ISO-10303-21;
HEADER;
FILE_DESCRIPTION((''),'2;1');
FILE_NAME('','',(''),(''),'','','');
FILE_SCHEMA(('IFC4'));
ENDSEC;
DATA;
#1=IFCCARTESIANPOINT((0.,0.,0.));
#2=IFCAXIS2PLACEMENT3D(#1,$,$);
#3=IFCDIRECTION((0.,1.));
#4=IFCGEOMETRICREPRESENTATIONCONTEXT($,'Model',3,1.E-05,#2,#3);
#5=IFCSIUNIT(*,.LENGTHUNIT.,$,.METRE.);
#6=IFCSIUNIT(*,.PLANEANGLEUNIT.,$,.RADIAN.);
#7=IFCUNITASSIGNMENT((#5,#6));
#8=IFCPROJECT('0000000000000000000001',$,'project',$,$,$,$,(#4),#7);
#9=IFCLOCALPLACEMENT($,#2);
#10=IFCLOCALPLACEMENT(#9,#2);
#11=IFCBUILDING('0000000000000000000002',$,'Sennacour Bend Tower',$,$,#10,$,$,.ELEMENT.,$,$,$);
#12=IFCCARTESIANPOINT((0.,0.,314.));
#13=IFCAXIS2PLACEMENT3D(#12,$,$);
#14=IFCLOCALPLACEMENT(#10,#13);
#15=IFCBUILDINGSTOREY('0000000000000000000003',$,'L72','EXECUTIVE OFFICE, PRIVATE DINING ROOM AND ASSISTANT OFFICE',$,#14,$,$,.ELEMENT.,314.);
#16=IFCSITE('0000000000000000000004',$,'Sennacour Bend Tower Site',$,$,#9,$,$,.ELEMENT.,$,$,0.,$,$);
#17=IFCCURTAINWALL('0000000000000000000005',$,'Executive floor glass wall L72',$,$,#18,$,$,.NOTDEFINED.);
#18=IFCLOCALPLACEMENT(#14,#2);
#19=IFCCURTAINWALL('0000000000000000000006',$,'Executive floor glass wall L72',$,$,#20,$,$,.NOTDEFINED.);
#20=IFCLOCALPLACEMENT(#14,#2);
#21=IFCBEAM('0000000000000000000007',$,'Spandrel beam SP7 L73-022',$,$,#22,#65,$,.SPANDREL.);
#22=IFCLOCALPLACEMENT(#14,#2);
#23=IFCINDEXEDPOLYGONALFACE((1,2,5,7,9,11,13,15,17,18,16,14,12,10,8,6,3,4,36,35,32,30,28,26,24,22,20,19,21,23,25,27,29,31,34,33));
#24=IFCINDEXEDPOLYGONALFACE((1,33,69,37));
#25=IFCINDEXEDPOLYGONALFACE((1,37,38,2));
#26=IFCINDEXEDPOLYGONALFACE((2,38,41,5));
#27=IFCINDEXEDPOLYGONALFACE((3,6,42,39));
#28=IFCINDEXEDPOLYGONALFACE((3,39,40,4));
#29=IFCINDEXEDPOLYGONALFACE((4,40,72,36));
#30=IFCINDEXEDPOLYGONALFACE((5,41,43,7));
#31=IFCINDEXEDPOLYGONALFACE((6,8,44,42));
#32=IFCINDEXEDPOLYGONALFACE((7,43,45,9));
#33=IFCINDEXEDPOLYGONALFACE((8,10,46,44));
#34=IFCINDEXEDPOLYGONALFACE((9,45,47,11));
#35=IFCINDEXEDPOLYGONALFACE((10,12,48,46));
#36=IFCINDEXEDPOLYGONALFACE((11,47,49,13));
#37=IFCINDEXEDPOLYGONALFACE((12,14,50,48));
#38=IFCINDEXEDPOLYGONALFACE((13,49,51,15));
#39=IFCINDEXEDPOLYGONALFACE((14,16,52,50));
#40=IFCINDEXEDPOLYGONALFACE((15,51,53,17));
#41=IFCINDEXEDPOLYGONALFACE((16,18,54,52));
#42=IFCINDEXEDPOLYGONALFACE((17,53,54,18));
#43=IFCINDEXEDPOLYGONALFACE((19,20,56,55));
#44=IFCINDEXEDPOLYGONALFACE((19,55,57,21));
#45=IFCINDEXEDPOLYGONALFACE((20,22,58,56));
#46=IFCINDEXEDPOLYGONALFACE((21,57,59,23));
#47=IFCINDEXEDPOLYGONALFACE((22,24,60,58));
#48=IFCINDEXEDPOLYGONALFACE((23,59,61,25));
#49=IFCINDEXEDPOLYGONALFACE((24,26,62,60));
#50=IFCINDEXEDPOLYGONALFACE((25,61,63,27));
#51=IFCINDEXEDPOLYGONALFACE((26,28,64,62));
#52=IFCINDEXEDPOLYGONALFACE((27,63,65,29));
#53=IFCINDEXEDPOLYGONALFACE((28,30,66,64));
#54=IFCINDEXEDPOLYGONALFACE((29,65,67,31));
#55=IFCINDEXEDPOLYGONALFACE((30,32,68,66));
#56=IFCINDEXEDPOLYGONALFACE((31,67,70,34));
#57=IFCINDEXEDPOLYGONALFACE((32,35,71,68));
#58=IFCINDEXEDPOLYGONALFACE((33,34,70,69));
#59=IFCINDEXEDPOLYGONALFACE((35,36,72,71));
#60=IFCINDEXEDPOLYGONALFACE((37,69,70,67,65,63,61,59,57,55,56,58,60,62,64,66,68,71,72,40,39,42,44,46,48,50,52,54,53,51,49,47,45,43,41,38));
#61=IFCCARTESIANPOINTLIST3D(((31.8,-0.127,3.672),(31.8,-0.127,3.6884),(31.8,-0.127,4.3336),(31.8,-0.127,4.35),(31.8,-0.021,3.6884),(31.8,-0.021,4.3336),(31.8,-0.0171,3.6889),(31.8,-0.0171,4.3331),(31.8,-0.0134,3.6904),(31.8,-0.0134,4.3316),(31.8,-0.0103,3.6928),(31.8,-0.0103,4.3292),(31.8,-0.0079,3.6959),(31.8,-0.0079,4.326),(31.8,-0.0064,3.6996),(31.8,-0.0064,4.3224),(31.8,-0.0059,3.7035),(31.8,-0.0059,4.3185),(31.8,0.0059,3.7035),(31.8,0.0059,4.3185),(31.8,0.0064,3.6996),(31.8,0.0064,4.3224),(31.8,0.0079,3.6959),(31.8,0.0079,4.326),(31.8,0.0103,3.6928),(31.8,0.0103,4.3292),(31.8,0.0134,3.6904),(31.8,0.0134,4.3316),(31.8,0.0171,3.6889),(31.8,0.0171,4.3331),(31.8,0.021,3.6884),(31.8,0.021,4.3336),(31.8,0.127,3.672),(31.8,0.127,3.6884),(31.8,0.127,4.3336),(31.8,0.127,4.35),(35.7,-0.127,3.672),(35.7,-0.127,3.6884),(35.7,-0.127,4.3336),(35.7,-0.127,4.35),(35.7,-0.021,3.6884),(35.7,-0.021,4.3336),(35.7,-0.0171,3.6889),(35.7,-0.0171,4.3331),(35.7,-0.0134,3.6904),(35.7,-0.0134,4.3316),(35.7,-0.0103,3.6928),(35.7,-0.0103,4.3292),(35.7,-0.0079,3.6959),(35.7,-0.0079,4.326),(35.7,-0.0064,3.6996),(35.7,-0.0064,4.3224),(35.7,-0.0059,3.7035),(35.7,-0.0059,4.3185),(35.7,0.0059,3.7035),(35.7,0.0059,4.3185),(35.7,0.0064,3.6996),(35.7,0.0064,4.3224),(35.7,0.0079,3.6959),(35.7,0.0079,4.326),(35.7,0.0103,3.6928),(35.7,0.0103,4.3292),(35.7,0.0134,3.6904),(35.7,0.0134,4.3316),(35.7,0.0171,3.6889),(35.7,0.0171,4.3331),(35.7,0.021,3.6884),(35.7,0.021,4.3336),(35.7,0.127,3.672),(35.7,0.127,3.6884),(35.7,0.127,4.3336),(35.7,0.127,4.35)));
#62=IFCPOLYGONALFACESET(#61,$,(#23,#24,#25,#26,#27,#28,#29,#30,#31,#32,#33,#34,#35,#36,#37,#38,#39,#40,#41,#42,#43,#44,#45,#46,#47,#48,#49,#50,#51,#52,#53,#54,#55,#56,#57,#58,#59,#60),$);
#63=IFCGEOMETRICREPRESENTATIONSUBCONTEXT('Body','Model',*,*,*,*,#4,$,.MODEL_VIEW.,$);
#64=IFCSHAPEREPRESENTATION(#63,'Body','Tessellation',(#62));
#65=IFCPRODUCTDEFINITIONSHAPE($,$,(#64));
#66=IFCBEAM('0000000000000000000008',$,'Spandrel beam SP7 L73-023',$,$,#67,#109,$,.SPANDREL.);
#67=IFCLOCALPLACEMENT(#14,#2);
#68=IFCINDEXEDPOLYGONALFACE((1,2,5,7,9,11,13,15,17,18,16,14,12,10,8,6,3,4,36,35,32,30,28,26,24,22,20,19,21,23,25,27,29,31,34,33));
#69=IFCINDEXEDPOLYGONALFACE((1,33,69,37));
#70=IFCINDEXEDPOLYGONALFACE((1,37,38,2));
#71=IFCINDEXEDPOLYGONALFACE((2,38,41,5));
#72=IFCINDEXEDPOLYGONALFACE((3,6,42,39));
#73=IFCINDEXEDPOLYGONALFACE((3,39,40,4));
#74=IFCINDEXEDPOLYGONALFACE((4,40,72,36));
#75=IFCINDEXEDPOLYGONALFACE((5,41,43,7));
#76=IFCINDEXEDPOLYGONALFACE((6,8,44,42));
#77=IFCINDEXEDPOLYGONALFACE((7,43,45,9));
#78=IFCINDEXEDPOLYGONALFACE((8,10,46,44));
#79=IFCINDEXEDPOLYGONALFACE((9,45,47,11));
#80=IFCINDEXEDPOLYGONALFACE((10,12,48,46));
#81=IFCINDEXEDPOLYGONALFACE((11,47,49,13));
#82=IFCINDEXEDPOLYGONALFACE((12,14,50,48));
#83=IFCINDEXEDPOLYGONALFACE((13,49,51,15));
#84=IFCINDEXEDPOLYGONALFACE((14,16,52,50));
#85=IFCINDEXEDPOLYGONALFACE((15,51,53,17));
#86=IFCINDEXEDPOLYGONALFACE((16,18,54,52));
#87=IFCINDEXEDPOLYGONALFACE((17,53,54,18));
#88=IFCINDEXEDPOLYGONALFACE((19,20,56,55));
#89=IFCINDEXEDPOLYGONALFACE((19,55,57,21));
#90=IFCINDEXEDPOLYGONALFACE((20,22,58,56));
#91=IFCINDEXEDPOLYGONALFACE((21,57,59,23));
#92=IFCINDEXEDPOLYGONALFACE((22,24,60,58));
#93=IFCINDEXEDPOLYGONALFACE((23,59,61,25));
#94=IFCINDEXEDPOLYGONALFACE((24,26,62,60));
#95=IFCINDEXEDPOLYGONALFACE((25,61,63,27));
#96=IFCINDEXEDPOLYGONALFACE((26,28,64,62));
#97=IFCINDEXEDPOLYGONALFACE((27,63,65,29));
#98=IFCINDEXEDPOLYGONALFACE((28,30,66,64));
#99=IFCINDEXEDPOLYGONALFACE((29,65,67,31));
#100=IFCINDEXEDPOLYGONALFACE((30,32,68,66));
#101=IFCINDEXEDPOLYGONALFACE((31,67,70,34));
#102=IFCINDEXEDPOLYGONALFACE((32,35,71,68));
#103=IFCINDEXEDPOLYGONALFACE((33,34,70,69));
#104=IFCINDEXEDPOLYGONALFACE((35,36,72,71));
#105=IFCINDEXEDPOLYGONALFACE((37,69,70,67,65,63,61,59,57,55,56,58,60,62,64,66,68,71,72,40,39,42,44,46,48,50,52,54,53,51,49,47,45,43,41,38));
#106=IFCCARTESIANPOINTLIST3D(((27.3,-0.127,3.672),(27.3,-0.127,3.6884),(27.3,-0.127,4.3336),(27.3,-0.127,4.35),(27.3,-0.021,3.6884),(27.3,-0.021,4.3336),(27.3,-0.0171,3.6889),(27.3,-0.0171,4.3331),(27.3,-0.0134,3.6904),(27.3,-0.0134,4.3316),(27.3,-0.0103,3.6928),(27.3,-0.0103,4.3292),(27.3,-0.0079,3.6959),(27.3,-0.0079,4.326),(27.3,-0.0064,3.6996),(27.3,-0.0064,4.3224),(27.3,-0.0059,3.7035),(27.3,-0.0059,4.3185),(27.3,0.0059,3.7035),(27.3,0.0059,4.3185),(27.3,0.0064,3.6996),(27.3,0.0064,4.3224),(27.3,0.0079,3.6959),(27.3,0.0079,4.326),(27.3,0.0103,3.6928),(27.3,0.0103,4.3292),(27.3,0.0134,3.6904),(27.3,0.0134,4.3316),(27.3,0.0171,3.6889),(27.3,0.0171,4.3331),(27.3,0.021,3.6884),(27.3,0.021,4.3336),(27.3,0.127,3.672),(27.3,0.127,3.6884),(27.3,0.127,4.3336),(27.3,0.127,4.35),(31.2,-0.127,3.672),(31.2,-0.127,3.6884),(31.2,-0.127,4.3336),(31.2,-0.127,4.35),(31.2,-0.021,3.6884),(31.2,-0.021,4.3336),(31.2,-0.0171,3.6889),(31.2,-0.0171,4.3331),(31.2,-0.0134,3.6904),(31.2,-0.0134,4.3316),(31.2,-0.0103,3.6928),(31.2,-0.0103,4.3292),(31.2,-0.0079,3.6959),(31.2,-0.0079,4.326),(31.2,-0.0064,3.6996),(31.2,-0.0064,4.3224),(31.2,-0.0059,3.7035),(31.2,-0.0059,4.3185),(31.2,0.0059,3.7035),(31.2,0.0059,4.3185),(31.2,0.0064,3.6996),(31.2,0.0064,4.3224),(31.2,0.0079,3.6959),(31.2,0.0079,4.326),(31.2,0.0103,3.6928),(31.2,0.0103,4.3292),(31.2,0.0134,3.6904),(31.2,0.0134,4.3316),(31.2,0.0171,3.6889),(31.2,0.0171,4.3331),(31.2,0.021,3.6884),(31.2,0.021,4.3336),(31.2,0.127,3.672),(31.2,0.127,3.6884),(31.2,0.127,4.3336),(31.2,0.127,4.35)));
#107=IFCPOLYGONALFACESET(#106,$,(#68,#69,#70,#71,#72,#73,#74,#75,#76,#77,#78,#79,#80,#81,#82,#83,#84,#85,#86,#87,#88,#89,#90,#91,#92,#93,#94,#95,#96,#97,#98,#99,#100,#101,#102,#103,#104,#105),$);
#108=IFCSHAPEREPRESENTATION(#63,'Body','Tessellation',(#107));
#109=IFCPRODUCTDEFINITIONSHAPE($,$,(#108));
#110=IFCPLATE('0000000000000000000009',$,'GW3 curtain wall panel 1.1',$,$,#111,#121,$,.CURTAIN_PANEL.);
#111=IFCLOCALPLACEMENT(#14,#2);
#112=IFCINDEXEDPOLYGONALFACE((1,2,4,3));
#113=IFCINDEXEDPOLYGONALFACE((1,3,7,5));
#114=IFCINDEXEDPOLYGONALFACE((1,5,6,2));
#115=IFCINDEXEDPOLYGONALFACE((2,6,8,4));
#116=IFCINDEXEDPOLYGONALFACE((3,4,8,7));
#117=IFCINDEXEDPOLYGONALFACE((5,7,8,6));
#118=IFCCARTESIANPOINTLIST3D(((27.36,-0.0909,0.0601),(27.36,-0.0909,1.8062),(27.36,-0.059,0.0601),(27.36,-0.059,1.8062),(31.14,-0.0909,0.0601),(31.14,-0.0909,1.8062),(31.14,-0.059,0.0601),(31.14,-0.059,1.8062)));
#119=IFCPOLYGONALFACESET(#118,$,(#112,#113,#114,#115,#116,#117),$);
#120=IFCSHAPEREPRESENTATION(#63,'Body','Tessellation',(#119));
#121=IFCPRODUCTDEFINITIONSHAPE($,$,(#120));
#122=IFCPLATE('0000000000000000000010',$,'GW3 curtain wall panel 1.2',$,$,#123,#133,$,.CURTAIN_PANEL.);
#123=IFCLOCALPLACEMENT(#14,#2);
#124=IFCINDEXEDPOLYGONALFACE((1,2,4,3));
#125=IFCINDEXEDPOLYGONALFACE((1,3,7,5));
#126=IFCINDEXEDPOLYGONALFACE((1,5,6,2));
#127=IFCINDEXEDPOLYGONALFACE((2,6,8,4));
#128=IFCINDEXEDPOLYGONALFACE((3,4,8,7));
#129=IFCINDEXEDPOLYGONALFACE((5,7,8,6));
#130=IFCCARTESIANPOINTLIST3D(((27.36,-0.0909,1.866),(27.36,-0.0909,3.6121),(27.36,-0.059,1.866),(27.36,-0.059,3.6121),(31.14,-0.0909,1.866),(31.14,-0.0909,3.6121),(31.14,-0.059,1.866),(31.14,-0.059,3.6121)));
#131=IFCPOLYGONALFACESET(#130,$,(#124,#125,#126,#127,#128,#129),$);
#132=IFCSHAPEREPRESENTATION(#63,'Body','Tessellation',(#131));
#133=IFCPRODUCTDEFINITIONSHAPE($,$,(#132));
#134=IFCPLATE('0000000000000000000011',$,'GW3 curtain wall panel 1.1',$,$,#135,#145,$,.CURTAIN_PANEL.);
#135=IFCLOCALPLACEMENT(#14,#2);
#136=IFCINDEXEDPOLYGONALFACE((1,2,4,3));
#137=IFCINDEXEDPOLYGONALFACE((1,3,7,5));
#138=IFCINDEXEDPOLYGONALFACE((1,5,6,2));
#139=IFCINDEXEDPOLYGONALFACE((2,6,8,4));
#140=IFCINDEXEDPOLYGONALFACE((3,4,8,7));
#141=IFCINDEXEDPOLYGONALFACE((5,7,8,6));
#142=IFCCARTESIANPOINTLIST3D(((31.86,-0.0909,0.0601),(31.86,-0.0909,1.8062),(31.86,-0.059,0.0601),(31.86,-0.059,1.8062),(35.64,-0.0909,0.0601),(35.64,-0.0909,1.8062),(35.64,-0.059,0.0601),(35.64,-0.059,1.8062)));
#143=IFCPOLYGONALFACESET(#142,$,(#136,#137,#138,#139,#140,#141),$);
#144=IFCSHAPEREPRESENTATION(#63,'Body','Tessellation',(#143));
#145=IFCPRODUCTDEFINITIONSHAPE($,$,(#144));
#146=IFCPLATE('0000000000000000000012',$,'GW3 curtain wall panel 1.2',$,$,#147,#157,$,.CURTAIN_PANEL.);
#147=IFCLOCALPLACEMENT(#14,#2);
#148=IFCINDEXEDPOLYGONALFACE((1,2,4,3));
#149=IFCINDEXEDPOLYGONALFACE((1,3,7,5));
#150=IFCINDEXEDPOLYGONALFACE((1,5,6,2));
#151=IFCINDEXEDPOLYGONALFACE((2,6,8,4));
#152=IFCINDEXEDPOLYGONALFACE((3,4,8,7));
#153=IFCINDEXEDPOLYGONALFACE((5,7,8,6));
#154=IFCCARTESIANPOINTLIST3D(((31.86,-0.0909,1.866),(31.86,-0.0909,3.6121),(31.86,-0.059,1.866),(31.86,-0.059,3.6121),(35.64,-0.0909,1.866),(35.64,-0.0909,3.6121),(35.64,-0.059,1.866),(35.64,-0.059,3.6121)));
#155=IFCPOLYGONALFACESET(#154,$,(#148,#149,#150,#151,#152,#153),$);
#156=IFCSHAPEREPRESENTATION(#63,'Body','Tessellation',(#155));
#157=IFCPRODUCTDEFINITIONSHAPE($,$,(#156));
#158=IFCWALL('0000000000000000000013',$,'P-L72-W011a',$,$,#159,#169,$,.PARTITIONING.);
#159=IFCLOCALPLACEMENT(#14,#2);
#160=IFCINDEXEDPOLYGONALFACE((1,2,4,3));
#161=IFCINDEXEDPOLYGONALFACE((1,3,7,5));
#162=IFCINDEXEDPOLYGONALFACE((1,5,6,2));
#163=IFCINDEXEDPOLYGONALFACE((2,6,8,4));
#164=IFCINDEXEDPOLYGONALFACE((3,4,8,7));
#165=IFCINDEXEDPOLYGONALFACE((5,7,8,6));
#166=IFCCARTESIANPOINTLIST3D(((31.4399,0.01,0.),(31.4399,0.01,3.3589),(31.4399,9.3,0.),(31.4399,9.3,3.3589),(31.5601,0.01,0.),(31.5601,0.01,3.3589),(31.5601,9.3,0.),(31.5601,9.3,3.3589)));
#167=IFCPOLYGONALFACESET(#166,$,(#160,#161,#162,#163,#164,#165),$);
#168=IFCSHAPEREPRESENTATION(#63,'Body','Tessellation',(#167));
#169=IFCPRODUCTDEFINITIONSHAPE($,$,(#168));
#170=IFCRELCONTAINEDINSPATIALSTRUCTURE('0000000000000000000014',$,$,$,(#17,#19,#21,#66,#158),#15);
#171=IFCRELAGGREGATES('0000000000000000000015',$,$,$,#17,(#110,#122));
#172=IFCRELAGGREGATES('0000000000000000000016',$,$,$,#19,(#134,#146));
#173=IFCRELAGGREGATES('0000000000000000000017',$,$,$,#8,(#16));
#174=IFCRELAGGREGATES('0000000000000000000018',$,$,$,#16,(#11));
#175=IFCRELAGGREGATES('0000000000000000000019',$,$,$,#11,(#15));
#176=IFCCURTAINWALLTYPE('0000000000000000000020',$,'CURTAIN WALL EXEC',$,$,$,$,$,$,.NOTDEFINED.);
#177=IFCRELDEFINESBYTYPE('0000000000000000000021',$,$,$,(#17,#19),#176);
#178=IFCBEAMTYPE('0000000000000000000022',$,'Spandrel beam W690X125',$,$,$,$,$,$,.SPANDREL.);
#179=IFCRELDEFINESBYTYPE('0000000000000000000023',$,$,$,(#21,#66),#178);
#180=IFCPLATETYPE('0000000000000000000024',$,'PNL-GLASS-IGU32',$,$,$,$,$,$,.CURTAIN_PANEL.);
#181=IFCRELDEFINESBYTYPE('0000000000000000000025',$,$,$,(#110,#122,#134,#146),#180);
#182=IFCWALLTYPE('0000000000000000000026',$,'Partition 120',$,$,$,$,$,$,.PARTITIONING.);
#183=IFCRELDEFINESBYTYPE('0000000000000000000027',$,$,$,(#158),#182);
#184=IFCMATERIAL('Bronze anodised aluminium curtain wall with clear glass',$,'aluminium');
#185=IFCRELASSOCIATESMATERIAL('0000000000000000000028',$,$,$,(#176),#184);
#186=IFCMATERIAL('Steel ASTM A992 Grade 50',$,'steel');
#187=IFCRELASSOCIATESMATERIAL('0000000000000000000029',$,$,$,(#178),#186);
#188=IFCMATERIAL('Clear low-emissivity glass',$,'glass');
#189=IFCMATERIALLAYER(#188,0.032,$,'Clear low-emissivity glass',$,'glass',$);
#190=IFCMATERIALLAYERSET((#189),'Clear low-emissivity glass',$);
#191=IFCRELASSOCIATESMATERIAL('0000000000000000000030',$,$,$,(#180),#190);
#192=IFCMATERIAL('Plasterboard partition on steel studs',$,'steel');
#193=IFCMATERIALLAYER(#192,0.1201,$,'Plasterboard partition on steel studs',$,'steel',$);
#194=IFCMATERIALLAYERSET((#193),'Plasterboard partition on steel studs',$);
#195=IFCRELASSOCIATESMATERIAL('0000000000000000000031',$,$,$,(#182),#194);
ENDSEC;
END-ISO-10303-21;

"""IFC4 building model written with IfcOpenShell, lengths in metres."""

from ifc_helpers import new_model, si_unit, direction, frame, frame_2d, origin, origin_2d, place, context, subcontext, project, spatial, rectangle, i_section, extrude, material, layer, layer_set, material_profile, profile_set, type_object, element, aggregate, save


model = new_model("IFC4")

# Units and contexts
model_context = context("Model", 3, precision=1e-05, world=origin(), true_north=direction((0.0, 1.0)))
body_context = subcontext(model_context, "Body", "Model", "MODEL_VIEW")
ifc_project = project(units=[si_unit("LENGTHUNIT", "METRE"), si_unit("PLANEANGLEUNIT", "RADIAN")], contexts=[model_context])

# Site, building, storey
site_placement = place(None, origin())
site = spatial("IfcSite", under=ifc_project, at=site_placement, Name="Sennacour Bend Tower Site", CompositionType="ELEMENT", RefElevation=0.0)
building_placement = place(site_placement, origin())
building = spatial("IfcBuilding", under=site, at=building_placement, Name="Sennacour Bend Tower", CompositionType="ELEMENT")
storey_placement = place(building_placement, frame((0.0, 0.0, 314.0)))
storey = spatial("IfcBuildingStorey", under=building, at=storey_placement, Name="L72", Description="EXECUTIVE OFFICE, PRIVATE DINING ROOM AND ASSISTANT OFFICE", CompositionType="ELEMENT", Elevation=314.0)

# Curtain walls
ifc_material_1 = material(Name="Bronze anodised aluminium curtain wall with clear glass", Category="aluminium")
curtain_wall_type = type_object("IfcCurtainWallType", Name="CURTAIN WALL EXEC", PredefinedType="NOTDEFINED", material=ifc_material_1)
curtain_wall_1_placement = place(storey_placement, origin())
curtain_wall_1 = element("IfcCurtainWall", 1, at=curtain_wall_1_placement, inside=storey, type_object=curtain_wall_type, Name="Executive floor glass wall L72", PredefinedType="NOTDEFINED")
curtain_wall_2_placement = place(storey_placement, origin())
curtain_wall_2 = element("IfcCurtainWall", 2, at=curtain_wall_2_placement, inside=storey, type_object=curtain_wall_type, Name="Executive floor glass wall L72", PredefinedType="NOTDEFINED")

# Beams
ifc_material_2 = material(Name="Steel ASTM A992 Grade 50", Category="steel")
ifc_material_profile_1 = material_profile(ifc_material_2, i_section(OverallWidth=0.2539, OverallDepth=0.678, WebThickness=0.0117, FlangeThickness=0.0164, FilletRadius=0.0151, at=origin_2d()), Name="Steel ASTM A992 Grade 50", Category="steel")
ifc_profile_set_1 = profile_set([ifc_material_profile_1], Name="Steel ASTM A992 Grade 50")
beam_type_1 = type_object("IfcBeamType", Name="Spandrel beam W690X125", PredefinedType="SPANDREL", material=ifc_profile_set_1)
for number, where, z_axis, x_axis, name in (
    (3, (35.7, 0.0, 4.011), (-1.0, 0.0, 0.0), (0.0, -1.0, 0.0), "Spandrel beam SP7 L73-022"),
    (4, (31.2, 0.0, 4.011), (-1.0, 0.0, 0.0), (0.0, -1.0, 0.0), "Spandrel beam SP7 L73-023"),
):
    element("IfcBeam", number, at=place(storey_placement, frame(where, z_axis=z_axis, x_axis=x_axis)), inside=storey, type_object=beam_type_1, Name=name, PredefinedType="SPANDREL", context=body_context, shape_type="SweptSolid", body=[
        extrude(i_section(OverallWidth=0.2539, OverallDepth=0.678, WebThickness=0.0117, FlangeThickness=0.0164, FilletRadius=0.0151, at=origin_2d()), origin(), (0.0, 0.0, 1.0), 3.8999),
    ])

# Plates
ifc_material_3 = material(Name="Clear low-emissivity glass", Category="glass")
ifc_layer_1 = layer(ifc_material_3, 0.032, Name="Clear low-emissivity glass", Category="glass")
ifc_layer_set_1 = layer_set([ifc_layer_1], Name="Clear low-emissivity glass")
plate_type = type_object("IfcPlateType", Name="PNL-GLASS-IGU32", PredefinedType="CURTAIN_PANEL", material=ifc_layer_set_1)
plate_1_placement = place(storey_placement, frame((29.25, -0.075, 0.0601), z_axis=(0.0, 0.0, 1.0), x_axis=(1.0, 0.0, 0.0)))
plate_1 = element("IfcPlate", 5, at=plate_1_placement, type_object=plate_type, Name="GW3 curtain wall panel 1.1", PredefinedType="CURTAIN_PANEL", context=body_context, shape_type="SweptSolid", body=[
    extrude(rectangle(XDim=3.78, YDim=0.032, at=origin_2d()), origin(), (0.0, 0.0, 1.0), 1.7461),
])
plate_2_placement = place(storey_placement, frame((29.25, -0.075, 1.866), z_axis=(0.0, 0.0, 1.0), x_axis=(1.0, 0.0, 0.0)))
plate_2 = element("IfcPlate", 6, at=plate_2_placement, type_object=plate_type, Name="GW3 curtain wall panel 1.2", PredefinedType="CURTAIN_PANEL", context=body_context, shape_type="SweptSolid", body=[
    extrude(rectangle(XDim=3.78, YDim=0.032, at=origin_2d()), origin(), (0.0, 0.0, 1.0), 1.7461),
])
aggregate(curtain_wall_1, [plate_1, plate_2])
plate_3_placement = place(storey_placement, frame((33.75, -0.075, 0.0601), z_axis=(0.0, 0.0, 1.0), x_axis=(1.0, 0.0, 0.0)))
plate_3 = element("IfcPlate", 7, at=plate_3_placement, type_object=plate_type, Name="GW3 curtain wall panel 1.1", PredefinedType="CURTAIN_PANEL", context=body_context, shape_type="SweptSolid", body=[
    extrude(rectangle(XDim=3.78, YDim=0.032, at=origin_2d()), origin(), (0.0, 0.0, 1.0), 1.7461),
])
plate_4_placement = place(storey_placement, frame((33.75, -0.075, 1.866), z_axis=(0.0, 0.0, 1.0), x_axis=(1.0, 0.0, 0.0)))
plate_4 = element("IfcPlate", 8, at=plate_4_placement, type_object=plate_type, Name="GW3 curtain wall panel 1.2", PredefinedType="CURTAIN_PANEL", context=body_context, shape_type="SweptSolid", body=[
    extrude(rectangle(XDim=3.78, YDim=0.032, at=origin_2d()), origin(), (0.0, 0.0, 1.0), 1.7461),
])
aggregate(curtain_wall_2, [plate_3, plate_4])

# Wall
ifc_material_4 = material(Name="Plasterboard partition on steel studs", Category="steel")
ifc_layer_2 = layer(ifc_material_4, 0.1201, Name="Plasterboard partition on steel studs", Category="steel")
ifc_layer_set_2 = layer_set([ifc_layer_2], Name="Plasterboard partition on steel studs")
wall_type = type_object("IfcWallType", Name="Partition 120", PredefinedType="PARTITIONING", material=ifc_layer_set_2)
wall_placement = place(storey_placement, frame((31.5, 0.01, 0.0), z_axis=(0.0, 0.0, 1.0), x_axis=(0.0, 1.0, 0.0)))
element("IfcWall", 9, at=wall_placement, inside=storey, type_object=wall_type, Name="P-L72-W011a", PredefinedType="PARTITIONING", context=body_context, shape_type="SweptSolid", body=[
    extrude(rectangle(XDim=9.29, YDim=0.1201, at=frame_2d((4.645, 0.0))), origin(), (0.0, 0.0, 1.0), 3.3589),
])

save(model, "model.ifc")
